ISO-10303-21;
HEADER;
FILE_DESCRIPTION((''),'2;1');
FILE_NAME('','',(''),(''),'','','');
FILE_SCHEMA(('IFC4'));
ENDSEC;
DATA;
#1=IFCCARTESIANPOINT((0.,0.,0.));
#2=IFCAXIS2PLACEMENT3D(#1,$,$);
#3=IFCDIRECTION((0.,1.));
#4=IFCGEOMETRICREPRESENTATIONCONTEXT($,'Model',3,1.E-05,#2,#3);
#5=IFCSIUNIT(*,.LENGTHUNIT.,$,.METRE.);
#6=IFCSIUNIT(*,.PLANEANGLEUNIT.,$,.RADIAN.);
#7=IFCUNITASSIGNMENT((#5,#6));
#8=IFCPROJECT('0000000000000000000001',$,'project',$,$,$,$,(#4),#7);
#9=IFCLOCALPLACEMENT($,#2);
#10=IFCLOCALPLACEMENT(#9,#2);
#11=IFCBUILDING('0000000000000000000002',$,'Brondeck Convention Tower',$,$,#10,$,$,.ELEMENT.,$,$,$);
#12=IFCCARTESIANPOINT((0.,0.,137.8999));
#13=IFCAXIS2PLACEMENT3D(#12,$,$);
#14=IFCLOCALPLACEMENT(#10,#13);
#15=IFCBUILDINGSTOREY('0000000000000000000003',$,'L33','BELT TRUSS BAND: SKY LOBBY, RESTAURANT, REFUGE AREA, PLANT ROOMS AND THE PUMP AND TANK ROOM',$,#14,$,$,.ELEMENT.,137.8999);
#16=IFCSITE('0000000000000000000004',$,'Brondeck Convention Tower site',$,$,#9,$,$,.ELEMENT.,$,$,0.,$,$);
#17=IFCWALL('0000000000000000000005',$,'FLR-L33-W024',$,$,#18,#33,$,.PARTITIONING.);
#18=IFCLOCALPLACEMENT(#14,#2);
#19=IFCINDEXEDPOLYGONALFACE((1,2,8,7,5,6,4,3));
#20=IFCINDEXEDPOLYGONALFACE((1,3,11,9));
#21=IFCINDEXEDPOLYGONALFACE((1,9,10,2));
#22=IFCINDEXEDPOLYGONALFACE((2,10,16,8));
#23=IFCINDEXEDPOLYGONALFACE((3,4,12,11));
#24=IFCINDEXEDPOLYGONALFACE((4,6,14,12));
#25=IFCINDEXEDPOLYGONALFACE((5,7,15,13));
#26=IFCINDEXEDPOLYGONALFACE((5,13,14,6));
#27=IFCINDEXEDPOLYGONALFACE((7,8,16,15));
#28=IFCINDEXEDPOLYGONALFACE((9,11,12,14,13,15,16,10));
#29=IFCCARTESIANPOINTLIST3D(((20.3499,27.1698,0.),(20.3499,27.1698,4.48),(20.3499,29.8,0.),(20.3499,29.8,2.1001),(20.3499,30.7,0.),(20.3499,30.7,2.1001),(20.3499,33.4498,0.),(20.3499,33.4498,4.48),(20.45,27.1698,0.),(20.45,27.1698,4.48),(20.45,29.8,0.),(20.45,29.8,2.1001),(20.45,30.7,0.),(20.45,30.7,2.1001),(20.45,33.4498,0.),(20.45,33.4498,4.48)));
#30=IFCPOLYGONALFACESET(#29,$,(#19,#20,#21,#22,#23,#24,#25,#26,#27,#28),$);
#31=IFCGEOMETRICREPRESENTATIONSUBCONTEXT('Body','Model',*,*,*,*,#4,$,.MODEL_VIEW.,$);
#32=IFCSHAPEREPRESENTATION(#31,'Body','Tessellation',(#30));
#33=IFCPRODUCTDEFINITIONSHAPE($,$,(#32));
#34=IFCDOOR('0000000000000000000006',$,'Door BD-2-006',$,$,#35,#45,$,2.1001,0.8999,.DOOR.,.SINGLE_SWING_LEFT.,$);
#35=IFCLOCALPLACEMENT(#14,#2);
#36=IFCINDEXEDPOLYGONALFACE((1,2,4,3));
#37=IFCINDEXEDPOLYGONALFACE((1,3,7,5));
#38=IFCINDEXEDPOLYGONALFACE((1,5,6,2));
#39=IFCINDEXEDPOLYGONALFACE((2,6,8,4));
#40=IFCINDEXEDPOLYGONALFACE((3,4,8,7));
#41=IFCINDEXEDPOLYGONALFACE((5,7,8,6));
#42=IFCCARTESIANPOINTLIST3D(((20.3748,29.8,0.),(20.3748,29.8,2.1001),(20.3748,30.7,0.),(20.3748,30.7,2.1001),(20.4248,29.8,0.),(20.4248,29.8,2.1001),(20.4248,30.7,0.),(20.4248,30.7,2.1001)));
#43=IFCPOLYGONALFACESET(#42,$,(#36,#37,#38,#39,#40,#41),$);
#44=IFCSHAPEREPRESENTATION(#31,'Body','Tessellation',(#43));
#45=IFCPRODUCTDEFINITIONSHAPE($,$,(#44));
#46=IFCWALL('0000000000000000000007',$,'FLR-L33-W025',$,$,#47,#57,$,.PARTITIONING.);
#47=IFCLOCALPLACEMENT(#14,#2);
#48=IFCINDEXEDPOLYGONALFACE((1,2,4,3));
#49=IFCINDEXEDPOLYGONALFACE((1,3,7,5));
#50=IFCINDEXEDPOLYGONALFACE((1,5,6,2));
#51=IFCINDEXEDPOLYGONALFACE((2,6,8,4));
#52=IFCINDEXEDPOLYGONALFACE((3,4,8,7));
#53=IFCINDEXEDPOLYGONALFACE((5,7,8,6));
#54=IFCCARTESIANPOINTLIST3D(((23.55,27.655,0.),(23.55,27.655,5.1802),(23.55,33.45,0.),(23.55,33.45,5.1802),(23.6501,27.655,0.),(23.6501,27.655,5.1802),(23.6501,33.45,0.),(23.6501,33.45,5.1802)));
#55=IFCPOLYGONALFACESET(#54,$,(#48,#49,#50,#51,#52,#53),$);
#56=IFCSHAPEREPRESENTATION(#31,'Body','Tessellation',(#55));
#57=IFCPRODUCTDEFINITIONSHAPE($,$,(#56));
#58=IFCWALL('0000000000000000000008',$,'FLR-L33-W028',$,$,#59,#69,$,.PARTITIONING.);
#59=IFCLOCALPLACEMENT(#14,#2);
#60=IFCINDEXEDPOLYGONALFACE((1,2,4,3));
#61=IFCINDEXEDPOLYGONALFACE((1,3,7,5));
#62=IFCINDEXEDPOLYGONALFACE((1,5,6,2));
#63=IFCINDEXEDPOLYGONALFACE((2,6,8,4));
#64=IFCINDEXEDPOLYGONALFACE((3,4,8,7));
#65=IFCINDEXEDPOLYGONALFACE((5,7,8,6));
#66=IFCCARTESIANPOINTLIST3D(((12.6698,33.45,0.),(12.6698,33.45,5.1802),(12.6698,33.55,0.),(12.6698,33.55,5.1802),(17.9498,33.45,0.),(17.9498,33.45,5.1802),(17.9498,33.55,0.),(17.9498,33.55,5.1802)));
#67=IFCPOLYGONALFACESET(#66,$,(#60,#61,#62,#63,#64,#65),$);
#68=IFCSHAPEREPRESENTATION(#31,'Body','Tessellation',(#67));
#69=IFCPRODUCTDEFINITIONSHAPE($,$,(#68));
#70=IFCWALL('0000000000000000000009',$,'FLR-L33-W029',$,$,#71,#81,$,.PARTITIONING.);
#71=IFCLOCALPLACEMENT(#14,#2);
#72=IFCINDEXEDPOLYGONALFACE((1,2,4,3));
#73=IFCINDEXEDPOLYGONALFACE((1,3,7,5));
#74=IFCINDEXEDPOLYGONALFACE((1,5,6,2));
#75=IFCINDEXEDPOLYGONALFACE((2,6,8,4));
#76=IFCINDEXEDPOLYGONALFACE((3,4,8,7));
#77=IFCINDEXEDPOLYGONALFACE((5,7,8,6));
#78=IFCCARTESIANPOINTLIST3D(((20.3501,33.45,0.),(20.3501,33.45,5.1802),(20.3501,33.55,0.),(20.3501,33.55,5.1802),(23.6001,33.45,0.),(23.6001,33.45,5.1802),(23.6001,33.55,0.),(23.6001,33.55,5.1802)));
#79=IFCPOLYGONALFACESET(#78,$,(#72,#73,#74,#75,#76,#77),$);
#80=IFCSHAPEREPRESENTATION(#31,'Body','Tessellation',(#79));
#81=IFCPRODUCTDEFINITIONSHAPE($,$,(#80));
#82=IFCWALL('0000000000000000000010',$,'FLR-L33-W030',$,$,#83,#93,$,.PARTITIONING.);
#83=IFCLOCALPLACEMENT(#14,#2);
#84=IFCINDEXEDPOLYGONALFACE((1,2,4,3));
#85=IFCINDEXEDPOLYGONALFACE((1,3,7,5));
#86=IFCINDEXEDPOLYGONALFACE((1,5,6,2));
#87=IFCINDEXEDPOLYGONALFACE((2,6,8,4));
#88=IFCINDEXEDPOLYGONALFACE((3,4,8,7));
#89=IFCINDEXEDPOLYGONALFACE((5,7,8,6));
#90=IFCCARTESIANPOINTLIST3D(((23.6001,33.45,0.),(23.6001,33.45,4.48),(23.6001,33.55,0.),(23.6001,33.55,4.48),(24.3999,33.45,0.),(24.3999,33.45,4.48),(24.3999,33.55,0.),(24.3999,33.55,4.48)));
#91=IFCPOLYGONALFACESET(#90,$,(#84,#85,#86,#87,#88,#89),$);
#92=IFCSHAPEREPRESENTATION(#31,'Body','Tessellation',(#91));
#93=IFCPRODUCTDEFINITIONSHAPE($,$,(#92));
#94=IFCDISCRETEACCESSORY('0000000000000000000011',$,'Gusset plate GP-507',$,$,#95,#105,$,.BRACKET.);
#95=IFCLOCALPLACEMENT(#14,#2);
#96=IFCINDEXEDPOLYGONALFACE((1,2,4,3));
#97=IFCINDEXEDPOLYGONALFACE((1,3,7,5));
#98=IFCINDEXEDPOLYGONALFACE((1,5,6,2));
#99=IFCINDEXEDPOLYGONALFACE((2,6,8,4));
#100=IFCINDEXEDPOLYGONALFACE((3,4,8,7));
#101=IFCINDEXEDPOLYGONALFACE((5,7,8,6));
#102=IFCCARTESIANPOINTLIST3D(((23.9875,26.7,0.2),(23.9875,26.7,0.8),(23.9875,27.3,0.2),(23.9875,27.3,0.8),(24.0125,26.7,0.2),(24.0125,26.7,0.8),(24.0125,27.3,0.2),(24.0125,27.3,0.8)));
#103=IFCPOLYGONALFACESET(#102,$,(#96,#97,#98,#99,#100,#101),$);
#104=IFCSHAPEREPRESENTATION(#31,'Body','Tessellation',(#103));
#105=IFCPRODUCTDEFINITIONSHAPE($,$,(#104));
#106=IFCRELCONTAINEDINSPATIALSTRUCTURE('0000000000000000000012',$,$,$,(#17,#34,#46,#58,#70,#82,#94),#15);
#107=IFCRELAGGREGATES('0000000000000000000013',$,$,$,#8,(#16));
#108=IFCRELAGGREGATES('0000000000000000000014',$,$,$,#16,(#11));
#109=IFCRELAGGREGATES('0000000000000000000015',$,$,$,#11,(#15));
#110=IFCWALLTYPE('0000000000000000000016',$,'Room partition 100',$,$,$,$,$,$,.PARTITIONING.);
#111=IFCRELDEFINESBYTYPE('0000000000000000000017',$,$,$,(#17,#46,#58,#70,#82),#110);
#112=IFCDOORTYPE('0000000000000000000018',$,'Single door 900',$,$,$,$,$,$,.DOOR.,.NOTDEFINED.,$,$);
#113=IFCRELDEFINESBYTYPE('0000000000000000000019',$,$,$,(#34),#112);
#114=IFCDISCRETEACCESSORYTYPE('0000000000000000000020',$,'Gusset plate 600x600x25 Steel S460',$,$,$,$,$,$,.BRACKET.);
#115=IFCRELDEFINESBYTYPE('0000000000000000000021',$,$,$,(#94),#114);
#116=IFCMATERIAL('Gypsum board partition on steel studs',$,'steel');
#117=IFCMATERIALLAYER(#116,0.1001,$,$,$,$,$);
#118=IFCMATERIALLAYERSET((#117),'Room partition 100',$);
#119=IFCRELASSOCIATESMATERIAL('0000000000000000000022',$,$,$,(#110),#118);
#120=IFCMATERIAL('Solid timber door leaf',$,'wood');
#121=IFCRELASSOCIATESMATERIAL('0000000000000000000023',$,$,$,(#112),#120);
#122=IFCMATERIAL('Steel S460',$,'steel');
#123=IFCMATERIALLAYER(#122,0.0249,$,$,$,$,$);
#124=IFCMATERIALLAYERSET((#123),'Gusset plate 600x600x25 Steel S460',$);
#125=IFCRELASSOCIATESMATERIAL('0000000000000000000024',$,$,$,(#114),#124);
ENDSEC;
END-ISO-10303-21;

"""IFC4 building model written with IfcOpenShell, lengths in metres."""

from ifc_helpers import new_model, si_unit, direction, frame, frame_2d, origin, origin_2d, place, context, subcontext, project, spatial, rectangle, extrude, material, layer, layer_set, type_object, element, fill, save


model = new_model("IFC4")

# Units and contexts
model_context = context("Model", 3, precision=1e-05, world=origin(), true_north=direction((0.0, 1.0)))
body_context = subcontext(model_context, "Body", "Model", "MODEL_VIEW")
ifc_project = project(units=[si_unit("LENGTHUNIT", "METRE"), si_unit("PLANEANGLEUNIT", "RADIAN")], contexts=[model_context])

# Site, building, storey
site_placement = place(None, origin())
site = spatial("IfcSite", under=ifc_project, at=site_placement, Name="Brondeck Convention Tower site", CompositionType="ELEMENT", RefElevation=0.0)
building_placement = place(site_placement, origin())
building = spatial("IfcBuilding", under=site, at=building_placement, Name="Brondeck Convention Tower", CompositionType="ELEMENT")
storey_placement = place(building_placement, frame((0.0, 0.0, 137.8999)))
storey = spatial("IfcBuildingStorey", under=building, at=storey_placement, Name="L33", Description="BELT TRUSS BAND: SKY LOBBY, RESTAURANT, REFUGE AREA, PLANT ROOMS AND THE PUMP AND TANK ROOM", CompositionType="ELEMENT", Elevation=137.8999)

# Shared definitions
ifc_material_1 = material(Name="Steel S460", Category="steel")

# Shared definitions
ifc_material_2 = material(Name="Gypsum board partition on steel studs", Category="steel")
ifc_layer_1 = layer(ifc_material_2, 0.1001)
ifc_layer_set_1 = layer_set([ifc_layer_1], Name="Room partition 100")
wall_type_1 = type_object("IfcWallType", Name="Room partition 100", PredefinedType="PARTITIONING", material=ifc_layer_set_1)

# Wall, opening, door
wall_1_placement = place(storey_placement, frame((20.3999, 33.45, 0.0), z_axis=(0.0, 0.0, 1.0), x_axis=(0.0, -1.0, 0.0)))
wall_1 = element("IfcWall", 1, at=wall_1_placement, inside=storey, type_object=wall_type_1, Name="FLR-L33-W024", PredefinedType="PARTITIONING", context=body_context, shape_type="SweptSolid", body=[
    extrude(rectangle(XDim=6.28, YDim=0.1001, at=frame_2d((3.1401, 0.0))), origin(), (0.0, 0.0, 1.0), 4.48),
])
opening_1_placement = place(wall_1_placement, frame((2.75, 0.0, 0.0)))
opening_1 = element("IfcOpeningElement", 2, at=opening_1_placement, cuts=wall_1, PredefinedType="OPENING", context=body_context, shape_type="SweptSolid", body=[
    extrude(rectangle(XDim=0.8999, YDim=2.1001, at=frame_2d((0.45, 1.05))), frame((0.0, 0.0601, 0.0), z_axis=(0.0, -1.0, 0.0), x_axis=(1.0, 0.0, 0.0)), (0.0, 0.0, 1.0), 0.1201),
])
ifc_material_3 = material(Name="Solid timber door leaf", Category="wood")
door_type_1 = type_object("IfcDoorType", Name="Single door 900", OperationType="NOTDEFINED", PredefinedType="DOOR", material=ifc_material_3)
door_1_placement = place(opening_1_placement, origin())
door_1 = element("IfcDoor", 3, at=door_1_placement, inside=storey, type_object=door_type_1, Name="Door BD-2-006", OperationType="SINGLE_SWING_LEFT", OverallHeight=2.1001, OverallWidth=0.8999, PredefinedType="DOOR", context=body_context, shape_type="SweptSolid", body=[
    extrude(rectangle(XDim=0.8999, YDim=2.1001, at=frame_2d((0.45, 1.05))), frame((0.0, 0.0249, 0.0), z_axis=(0.0, -1.0, 0.0), x_axis=(1.0, 0.0, 0.0)), (0.0, 0.0, 1.0), 0.05),
])
fill(opening_1, door_1)

# Walls
wall_2_placement = place(storey_placement, frame((23.6001, 33.45, 0.0), z_axis=(0.0, 0.0, 1.0), x_axis=(0.0, -1.0, 0.0)))
element("IfcWall", 4, at=wall_2_placement, inside=storey, type_object=wall_type_1, Name="FLR-L33-W025", PredefinedType="PARTITIONING", context=body_context, shape_type="SweptSolid", body=[
    extrude(rectangle(XDim=5.7949, YDim=0.1001, at=frame_2d((2.8975, 0.0))), origin(), (0.0, 0.0, 1.0), 5.1802),
])
wall_3_placement = place(storey_placement, frame((17.95, 33.5, 0.0), z_axis=(0.0, 0.0, 1.0), x_axis=(-1.0, 0.0, 0.0)))
element("IfcWall", 5, at=wall_3_placement, inside=storey, type_object=wall_type_1, Name="FLR-L33-W028", PredefinedType="PARTITIONING", context=body_context, shape_type="SweptSolid", body=[
    extrude(rectangle(XDim=5.28, YDim=0.1001, at=frame_2d((2.6401, 0.0))), origin(), (0.0, 0.0, 1.0), 5.1802),
])
wall_4_placement = place(storey_placement, frame((23.6001, 33.5, 0.0), z_axis=(0.0, 0.0, 1.0), x_axis=(-1.0, 0.0, 0.0)))
element("IfcWall", 6, at=wall_4_placement, inside=storey, type_object=wall_type_1, Name="FLR-L33-W029", PredefinedType="PARTITIONING", context=body_context, shape_type="SweptSolid", body=[
    extrude(rectangle(XDim=3.25, YDim=0.1001, at=frame_2d((1.625, 0.0))), origin(), (0.0, 0.0, 1.0), 5.1802),
])
wall_5_placement = place(storey_placement, frame((24.3999, 33.5, 0.0), z_axis=(0.0, 0.0, 1.0), x_axis=(-1.0, 0.0, 0.0)))
element("IfcWall", 7, at=wall_5_placement, inside=storey, type_object=wall_type_1, Name="FLR-L33-W030", PredefinedType="PARTITIONING", context=body_context, shape_type="SweptSolid", body=[
    extrude(rectangle(XDim=0.7998, YDim=0.1001, at=frame_2d((0.3999, 0.0))), origin(), (0.0, 0.0, 1.0), 4.48),
])

# Discrete accessory
ifc_layer_2 = layer(ifc_material_1, 0.0249)
ifc_layer_set_2 = layer_set([ifc_layer_2], Name="Gusset plate 600x600x25 Steel S460")
discrete_accessory_type = type_object("IfcDiscreteAccessoryType", Name="Gusset plate 600x600x25 Steel S460", PredefinedType="BRACKET", material=ifc_layer_set_2)
discrete_accessory_placement = place(storey_placement, frame((24.0, 27.0, 0.2), z_axis=(0.0, 0.0, 1.0), x_axis=(0.0, 1.0, 0.0)))
element("IfcDiscreteAccessory", 8, at=discrete_accessory_placement, inside=storey, type_object=discrete_accessory_type, Name="Gusset plate GP-507", PredefinedType="BRACKET", context=body_context, shape_type="SweptSolid", body=[
    extrude(rectangle(XDim=0.6001, YDim=0.0249, at=origin_2d()), origin(), (0.0, 0.0, 1.0), 0.6001),
])

save(model, "model.ifc")
